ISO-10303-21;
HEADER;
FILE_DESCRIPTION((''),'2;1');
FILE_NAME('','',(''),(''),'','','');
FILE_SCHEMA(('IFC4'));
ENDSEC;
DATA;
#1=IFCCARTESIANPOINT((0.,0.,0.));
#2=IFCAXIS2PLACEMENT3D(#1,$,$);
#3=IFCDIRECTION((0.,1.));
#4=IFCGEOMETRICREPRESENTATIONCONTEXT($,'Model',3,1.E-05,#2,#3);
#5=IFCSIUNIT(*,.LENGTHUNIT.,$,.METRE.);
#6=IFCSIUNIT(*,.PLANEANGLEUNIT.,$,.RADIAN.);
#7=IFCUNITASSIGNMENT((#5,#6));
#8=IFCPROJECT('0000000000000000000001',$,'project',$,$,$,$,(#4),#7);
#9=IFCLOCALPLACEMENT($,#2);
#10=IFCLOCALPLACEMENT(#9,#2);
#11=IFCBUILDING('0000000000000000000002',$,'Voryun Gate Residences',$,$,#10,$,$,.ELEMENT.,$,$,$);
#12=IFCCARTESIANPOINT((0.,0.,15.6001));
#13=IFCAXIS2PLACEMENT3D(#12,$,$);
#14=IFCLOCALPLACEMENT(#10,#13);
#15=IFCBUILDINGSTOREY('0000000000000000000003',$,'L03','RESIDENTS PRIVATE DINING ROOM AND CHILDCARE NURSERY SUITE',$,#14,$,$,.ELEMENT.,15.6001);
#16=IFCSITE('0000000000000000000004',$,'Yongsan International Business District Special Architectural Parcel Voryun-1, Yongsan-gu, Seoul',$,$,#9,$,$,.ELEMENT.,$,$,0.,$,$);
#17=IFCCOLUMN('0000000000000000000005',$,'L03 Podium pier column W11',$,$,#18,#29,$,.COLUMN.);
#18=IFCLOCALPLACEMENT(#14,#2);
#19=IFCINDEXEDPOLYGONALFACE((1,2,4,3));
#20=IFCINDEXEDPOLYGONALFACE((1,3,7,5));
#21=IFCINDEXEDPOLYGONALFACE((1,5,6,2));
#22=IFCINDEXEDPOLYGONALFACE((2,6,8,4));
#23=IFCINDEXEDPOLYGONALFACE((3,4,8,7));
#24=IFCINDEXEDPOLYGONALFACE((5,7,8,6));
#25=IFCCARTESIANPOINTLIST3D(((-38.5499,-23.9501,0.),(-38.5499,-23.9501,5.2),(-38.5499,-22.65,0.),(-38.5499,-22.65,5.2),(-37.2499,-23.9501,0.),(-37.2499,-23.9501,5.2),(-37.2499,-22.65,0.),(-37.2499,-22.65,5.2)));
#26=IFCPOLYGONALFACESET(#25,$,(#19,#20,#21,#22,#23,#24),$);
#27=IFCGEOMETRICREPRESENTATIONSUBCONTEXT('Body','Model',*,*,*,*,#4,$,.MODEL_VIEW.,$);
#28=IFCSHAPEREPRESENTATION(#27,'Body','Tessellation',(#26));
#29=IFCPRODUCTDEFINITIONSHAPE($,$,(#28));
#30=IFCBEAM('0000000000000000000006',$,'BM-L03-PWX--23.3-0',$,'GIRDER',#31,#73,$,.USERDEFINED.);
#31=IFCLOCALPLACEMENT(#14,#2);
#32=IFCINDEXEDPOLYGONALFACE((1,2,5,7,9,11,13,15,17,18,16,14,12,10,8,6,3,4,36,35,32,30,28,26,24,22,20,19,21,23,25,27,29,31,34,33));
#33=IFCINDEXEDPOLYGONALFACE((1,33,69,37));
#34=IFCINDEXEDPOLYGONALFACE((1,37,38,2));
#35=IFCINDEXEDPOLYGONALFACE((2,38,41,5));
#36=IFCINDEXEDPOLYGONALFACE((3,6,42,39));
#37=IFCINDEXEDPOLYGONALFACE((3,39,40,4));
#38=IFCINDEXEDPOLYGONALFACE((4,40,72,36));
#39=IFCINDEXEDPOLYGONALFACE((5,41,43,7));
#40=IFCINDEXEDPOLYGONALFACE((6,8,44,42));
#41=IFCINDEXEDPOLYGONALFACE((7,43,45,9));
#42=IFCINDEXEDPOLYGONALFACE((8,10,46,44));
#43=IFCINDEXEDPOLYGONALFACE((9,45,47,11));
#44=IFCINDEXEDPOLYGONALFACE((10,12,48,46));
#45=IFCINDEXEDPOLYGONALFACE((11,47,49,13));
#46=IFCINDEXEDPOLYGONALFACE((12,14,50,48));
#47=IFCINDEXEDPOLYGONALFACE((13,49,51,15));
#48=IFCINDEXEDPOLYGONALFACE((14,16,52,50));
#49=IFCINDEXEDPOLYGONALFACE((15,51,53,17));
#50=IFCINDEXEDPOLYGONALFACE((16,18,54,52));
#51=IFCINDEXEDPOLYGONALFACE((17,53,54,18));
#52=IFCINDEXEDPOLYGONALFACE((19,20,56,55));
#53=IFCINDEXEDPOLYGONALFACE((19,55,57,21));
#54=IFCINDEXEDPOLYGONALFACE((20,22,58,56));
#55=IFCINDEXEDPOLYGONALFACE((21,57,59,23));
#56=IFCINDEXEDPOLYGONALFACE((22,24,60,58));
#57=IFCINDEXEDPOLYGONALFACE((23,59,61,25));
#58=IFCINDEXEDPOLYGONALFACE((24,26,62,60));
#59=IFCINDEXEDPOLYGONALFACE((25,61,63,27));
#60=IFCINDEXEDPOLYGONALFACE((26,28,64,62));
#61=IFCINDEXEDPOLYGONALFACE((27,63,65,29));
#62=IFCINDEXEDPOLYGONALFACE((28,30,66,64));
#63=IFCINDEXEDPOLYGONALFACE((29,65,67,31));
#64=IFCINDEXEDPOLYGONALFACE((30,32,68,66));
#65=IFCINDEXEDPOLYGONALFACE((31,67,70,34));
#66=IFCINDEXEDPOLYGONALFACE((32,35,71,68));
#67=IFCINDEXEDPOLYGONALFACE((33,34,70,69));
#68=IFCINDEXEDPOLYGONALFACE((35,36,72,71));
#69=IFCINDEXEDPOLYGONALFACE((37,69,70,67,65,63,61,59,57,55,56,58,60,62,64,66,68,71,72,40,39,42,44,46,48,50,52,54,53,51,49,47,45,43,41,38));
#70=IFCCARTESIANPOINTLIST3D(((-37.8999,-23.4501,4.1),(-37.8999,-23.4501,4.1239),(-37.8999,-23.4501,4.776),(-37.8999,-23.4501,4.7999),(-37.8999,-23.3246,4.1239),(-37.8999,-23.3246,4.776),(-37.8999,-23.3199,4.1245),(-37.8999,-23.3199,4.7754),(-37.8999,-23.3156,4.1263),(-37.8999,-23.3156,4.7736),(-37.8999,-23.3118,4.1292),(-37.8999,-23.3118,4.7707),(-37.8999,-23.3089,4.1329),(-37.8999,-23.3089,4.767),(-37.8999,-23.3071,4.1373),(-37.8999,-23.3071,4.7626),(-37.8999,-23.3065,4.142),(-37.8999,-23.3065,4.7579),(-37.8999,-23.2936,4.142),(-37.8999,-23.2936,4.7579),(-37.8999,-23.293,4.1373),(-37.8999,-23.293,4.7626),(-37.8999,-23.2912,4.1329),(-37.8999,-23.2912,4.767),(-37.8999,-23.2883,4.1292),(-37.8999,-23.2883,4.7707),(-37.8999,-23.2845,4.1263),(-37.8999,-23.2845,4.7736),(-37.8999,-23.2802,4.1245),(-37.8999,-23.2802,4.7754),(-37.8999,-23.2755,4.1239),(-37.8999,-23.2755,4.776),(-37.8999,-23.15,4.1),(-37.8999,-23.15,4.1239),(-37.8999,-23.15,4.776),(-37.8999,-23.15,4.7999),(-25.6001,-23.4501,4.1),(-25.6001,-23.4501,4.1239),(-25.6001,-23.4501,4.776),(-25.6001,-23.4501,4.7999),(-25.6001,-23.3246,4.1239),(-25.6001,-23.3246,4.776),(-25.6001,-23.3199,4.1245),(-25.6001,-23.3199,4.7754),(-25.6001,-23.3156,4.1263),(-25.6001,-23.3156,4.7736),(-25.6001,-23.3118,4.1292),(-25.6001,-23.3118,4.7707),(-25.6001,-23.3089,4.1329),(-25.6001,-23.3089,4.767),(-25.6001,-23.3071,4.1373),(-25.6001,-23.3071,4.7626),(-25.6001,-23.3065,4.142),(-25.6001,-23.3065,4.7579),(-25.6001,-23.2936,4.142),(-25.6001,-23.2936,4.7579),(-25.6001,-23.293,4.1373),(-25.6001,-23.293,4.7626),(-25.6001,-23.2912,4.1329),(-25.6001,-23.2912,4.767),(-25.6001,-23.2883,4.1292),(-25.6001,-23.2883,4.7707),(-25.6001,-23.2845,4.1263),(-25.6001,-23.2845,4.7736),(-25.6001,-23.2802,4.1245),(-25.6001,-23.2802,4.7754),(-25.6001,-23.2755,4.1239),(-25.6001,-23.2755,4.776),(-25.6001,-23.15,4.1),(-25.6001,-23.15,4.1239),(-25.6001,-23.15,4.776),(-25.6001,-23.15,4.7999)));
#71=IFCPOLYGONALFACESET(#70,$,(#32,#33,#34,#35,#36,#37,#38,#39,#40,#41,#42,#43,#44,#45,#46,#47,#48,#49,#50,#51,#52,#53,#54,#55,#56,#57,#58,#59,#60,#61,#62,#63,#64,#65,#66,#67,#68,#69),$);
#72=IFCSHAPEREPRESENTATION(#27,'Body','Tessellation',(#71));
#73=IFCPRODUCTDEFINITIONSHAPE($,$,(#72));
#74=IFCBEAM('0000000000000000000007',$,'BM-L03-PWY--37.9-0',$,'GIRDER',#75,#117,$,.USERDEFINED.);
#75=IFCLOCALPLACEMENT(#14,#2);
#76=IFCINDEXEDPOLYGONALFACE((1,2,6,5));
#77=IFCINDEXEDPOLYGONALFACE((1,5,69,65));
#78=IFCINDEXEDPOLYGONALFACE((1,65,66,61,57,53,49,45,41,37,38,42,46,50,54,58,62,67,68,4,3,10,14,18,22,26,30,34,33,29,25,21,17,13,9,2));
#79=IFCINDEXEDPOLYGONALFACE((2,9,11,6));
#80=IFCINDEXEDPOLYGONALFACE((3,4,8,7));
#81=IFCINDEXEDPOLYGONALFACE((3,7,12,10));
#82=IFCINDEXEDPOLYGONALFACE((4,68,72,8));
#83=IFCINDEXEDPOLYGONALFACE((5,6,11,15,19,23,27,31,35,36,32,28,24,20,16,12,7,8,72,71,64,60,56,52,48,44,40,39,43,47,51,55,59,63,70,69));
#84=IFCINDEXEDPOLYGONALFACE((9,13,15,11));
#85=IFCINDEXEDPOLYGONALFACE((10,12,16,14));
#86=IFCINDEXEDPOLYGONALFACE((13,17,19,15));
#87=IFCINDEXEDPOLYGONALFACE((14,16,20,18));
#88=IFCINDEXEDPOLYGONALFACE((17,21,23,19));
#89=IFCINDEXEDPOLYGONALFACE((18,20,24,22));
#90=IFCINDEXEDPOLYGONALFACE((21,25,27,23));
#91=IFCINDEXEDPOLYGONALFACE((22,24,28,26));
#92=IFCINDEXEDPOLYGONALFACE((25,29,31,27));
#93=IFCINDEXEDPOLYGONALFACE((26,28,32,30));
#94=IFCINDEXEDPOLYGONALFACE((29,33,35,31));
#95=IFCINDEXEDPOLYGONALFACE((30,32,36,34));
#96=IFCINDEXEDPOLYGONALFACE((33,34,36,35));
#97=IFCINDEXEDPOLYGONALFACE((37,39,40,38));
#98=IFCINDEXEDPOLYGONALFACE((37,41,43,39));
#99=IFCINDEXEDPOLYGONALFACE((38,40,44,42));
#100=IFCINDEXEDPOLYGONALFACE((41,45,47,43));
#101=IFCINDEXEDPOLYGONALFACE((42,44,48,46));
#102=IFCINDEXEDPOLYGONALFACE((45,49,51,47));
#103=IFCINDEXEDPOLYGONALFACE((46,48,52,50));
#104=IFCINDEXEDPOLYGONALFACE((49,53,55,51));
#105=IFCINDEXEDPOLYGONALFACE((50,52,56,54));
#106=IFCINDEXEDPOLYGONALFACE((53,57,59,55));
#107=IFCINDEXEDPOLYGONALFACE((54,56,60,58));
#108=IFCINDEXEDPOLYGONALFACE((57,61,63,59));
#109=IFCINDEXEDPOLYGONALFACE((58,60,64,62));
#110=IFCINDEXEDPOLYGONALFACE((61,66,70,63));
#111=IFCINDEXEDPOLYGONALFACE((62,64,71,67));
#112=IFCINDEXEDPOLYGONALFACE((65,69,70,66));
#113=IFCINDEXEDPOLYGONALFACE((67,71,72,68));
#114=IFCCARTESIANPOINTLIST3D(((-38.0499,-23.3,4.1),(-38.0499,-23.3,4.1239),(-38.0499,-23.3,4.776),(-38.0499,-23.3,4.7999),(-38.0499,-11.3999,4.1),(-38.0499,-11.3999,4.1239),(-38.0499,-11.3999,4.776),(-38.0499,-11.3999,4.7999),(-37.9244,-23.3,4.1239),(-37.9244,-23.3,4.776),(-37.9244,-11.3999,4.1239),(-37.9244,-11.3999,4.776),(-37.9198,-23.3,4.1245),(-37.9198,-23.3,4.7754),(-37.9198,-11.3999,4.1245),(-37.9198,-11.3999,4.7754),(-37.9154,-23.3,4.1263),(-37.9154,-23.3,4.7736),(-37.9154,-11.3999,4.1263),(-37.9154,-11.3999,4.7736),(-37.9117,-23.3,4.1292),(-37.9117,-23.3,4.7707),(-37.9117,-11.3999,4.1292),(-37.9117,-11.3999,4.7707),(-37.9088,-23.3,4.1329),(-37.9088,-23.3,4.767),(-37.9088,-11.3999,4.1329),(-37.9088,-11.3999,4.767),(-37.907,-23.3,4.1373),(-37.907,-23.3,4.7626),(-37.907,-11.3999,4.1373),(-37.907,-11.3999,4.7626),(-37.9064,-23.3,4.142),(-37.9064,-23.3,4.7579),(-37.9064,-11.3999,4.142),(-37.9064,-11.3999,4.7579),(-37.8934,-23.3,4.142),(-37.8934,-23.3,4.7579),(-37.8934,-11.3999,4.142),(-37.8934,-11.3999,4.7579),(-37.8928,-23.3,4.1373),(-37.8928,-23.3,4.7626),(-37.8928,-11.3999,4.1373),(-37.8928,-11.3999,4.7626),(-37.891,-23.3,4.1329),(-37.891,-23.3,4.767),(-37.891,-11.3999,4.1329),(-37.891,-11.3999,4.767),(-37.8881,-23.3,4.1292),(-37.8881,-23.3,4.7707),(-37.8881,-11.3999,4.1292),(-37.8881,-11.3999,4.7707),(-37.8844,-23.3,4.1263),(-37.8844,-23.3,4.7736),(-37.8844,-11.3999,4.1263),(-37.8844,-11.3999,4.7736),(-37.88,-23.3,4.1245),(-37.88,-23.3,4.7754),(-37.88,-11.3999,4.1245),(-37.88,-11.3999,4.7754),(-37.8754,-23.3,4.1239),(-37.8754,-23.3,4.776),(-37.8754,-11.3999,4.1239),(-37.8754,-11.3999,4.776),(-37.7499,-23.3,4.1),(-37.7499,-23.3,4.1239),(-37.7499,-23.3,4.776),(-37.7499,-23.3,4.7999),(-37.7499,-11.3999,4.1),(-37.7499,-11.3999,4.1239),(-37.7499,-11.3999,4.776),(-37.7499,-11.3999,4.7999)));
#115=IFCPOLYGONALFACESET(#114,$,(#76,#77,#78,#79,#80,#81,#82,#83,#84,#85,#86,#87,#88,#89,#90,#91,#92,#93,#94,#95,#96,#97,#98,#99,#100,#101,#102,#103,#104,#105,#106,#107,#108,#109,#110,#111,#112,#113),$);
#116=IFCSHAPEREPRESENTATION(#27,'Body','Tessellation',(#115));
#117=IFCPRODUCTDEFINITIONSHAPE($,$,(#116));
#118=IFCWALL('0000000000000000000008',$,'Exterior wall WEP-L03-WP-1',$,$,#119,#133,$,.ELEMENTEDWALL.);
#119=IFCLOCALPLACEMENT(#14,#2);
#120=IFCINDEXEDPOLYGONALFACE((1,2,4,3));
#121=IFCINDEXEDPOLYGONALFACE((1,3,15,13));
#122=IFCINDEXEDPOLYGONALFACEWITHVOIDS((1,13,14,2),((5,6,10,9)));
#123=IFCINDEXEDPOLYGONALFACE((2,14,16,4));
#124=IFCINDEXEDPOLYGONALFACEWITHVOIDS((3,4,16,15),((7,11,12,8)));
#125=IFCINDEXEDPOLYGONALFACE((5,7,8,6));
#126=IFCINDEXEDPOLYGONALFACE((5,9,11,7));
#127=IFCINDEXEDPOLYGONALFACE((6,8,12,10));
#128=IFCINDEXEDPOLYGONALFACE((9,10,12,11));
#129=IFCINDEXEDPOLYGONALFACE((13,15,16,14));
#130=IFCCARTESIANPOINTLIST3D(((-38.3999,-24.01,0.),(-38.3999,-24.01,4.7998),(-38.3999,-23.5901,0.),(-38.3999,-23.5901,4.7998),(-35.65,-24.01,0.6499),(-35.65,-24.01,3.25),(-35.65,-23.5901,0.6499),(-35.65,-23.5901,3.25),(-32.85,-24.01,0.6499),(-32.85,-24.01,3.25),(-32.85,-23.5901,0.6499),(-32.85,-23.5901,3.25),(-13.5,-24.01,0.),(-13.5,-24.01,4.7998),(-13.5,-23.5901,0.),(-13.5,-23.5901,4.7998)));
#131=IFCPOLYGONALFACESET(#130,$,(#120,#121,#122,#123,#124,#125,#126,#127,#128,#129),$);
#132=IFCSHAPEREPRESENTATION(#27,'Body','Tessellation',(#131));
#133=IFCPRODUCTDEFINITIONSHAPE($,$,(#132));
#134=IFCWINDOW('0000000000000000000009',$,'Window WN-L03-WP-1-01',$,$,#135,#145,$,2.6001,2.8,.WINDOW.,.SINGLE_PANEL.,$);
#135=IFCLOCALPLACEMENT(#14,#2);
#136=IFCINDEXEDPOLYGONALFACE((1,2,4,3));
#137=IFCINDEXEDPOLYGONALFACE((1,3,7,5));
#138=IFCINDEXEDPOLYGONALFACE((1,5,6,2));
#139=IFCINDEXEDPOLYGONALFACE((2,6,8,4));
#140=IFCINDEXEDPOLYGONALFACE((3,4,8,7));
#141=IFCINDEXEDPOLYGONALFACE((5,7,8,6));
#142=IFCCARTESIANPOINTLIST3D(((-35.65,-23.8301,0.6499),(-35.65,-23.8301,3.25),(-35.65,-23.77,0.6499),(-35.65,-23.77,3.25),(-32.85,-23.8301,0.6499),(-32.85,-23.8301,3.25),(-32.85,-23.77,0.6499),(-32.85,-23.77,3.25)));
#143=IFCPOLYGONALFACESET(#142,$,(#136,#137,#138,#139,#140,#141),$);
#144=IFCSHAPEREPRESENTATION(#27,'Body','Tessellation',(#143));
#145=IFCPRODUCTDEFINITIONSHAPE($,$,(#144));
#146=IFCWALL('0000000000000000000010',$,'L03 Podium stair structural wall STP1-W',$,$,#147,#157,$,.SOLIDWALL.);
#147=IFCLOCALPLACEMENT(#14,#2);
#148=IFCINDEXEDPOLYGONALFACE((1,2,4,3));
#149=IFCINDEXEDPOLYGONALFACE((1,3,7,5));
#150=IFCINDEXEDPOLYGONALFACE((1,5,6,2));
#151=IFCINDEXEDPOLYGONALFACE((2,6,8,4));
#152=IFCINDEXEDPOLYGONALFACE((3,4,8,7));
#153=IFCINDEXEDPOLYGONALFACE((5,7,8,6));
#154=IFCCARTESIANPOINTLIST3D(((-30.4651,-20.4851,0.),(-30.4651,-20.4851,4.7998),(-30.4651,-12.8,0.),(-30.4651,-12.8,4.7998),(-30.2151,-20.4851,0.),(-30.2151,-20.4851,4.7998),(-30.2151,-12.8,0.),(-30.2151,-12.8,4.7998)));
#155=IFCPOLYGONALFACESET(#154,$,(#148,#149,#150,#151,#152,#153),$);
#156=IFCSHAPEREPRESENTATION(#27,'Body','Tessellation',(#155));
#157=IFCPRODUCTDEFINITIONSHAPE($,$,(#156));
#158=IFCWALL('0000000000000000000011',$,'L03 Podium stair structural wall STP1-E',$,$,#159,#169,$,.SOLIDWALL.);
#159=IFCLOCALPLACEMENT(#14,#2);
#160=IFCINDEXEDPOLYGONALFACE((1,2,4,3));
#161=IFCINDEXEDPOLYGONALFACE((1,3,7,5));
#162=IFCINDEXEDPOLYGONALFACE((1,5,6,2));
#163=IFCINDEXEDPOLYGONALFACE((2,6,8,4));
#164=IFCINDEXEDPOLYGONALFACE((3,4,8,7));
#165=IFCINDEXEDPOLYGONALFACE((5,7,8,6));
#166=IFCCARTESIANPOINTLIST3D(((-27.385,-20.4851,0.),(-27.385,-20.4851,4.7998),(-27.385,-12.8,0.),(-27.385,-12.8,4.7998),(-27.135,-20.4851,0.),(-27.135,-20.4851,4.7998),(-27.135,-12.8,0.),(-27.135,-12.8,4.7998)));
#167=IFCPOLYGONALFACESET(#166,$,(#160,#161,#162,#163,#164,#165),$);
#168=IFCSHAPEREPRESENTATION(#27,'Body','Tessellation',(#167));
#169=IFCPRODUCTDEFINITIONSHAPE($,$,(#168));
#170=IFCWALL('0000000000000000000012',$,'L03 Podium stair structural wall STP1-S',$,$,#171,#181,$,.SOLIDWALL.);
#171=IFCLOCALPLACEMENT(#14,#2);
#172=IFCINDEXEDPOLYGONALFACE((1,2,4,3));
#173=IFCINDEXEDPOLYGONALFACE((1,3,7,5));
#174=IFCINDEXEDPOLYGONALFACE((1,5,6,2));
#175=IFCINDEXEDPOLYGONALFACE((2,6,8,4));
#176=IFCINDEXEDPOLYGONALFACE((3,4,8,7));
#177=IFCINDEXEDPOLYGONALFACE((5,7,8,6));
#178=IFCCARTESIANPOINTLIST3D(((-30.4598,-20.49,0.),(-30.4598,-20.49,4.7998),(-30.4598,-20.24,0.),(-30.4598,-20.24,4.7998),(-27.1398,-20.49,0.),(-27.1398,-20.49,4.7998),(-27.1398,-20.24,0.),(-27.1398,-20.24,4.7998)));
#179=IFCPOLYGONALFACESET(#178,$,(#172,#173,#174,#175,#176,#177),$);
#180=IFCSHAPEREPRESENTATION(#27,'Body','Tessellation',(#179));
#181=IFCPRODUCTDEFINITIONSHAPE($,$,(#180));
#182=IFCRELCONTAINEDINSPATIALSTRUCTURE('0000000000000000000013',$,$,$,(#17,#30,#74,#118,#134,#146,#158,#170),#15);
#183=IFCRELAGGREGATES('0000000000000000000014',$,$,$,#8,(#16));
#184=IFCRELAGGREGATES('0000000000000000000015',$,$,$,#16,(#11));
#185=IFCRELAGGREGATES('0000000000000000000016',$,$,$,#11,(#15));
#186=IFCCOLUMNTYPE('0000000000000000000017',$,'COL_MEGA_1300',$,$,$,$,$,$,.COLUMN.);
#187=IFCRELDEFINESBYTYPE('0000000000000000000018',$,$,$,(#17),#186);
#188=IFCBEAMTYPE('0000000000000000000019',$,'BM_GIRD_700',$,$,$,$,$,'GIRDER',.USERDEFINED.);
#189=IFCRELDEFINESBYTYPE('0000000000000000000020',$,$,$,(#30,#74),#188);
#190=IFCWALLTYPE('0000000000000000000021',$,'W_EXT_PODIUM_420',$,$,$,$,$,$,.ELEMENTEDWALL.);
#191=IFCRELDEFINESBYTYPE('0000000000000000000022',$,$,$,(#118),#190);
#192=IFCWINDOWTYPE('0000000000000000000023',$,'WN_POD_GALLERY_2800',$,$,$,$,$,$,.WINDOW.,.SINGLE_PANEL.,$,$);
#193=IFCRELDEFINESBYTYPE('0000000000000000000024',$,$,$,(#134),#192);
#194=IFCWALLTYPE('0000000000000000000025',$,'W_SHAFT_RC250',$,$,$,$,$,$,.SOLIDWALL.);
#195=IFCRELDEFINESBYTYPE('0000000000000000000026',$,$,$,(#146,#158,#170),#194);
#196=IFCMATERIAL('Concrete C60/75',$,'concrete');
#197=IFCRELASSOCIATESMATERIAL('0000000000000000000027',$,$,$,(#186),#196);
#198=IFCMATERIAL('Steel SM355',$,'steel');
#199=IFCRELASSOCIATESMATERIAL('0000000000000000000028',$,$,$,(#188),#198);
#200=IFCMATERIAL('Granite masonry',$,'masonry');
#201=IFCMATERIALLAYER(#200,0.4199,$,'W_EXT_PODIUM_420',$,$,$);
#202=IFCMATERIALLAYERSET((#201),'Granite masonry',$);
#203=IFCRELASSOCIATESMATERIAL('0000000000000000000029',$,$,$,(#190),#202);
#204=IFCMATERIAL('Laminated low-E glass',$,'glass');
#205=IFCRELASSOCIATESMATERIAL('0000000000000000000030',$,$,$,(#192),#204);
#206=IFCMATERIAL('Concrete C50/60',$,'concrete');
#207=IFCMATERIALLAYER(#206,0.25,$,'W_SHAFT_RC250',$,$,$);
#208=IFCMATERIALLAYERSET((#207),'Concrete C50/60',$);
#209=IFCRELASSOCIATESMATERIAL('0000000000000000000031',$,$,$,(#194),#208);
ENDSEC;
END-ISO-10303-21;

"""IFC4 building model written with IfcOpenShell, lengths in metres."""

from ifc_helpers import new_model, si_unit, direction, frame, frame_2d, origin, origin_2d, place, context, subcontext, project, spatial, rectangle, i_section, extrude, material, layer, layer_set, material_profile, profile_set, type_object, element, fill, save


model = new_model("IFC4")

# Units and contexts
model_context = context("Model", 3, precision=1e-05, world=origin(), true_north=direction((0.0, 1.0)))
body_context = subcontext(model_context, "Body", "Model", "MODEL_VIEW")
ifc_project = project(units=[si_unit("LENGTHUNIT", "METRE"), si_unit("PLANEANGLEUNIT", "RADIAN")], contexts=[model_context])

# Site, building, storey
site_placement = place(None, origin())
site = spatial("IfcSite", under=ifc_project, at=site_placement, Name="Yongsan International Business District Special Architectural Parcel Voryun-1, Yongsan-gu, Seoul", CompositionType="ELEMENT", RefElevation=0.0)
building_placement = place(site_placement, origin())
building = spatial("IfcBuilding", under=site, at=building_placement, Name="Voryun Gate Residences", CompositionType="ELEMENT")
storey_placement = place(building_placement, frame((0.0, 0.0, 15.6001)))
storey = spatial("IfcBuildingStorey", under=building, at=storey_placement, Name="L03", Description="RESIDENTS PRIVATE DINING ROOM AND CHILDCARE NURSERY SUITE", CompositionType="ELEMENT", Elevation=15.6001)

# Column
ifc_material_1 = material(Name="Concrete C60/75", Category="concrete")
ifc_material_profile_1 = material_profile(ifc_material_1, rectangle(XDim=1.3, YDim=1.3, at=origin_2d()), Name="RC-1300x1300")
ifc_profile_set_1 = profile_set([ifc_material_profile_1], Name="Concrete C60/75")
column_type = type_object("IfcColumnType", Name="COL_MEGA_1300", PredefinedType="COLUMN", material=ifc_profile_set_1)
column_placement = place(storey_placement, frame((-37.8999, -23.3, 0.0), z_axis=(0.0, 0.0, 1.0), x_axis=(1.0, 0.0, 0.0)))
element("IfcColumn", 1, at=column_placement, inside=storey, type_object=column_type, Name="L03 Podium pier column W11", PredefinedType="COLUMN", context=body_context, shape_type="SweptSolid", body=[
    extrude(rectangle(XDim=1.3, YDim=1.3, at=origin_2d()), origin(), (0.0, 0.0, 1.0), 5.2),
])

# Beams
ifc_material_2 = material(Name="Steel SM355", Category="steel")
ifc_material_profile_2 = material_profile(ifc_material_2, i_section(OverallWidth=0.3, OverallDepth=0.7, WebThickness=0.0129, FlangeThickness=0.0239, FilletRadius=0.0181, at=origin_2d()), Name="H-700x300x13x24")
ifc_profile_set_2 = profile_set([ifc_material_profile_2], Name="Steel SM355")
beam_type = type_object("IfcBeamType", Name="BM_GIRD_700", ElementType="GIRDER", PredefinedType="USERDEFINED", material=ifc_profile_set_2)
beam_1_placement = place(storey_placement, frame((-37.8999, -23.3, 4.45), z_axis=(1.0, 0.0, 0.0), x_axis=(0.0, 1.0, 0.0)))
element("IfcBeam", 2, at=beam_1_placement, inside=storey, type_object=beam_type, Name="BM-L03-PWX--23.3-0", ObjectType="GIRDER", PredefinedType="USERDEFINED", context=body_context, shape_type="SweptSolid", body=[
    extrude(i_section(OverallWidth=0.3, OverallDepth=0.7, WebThickness=0.0129, FlangeThickness=0.0239, FilletRadius=0.0181, at=origin_2d()), origin(), (0.0, 0.0, 1.0), 12.2998),
])
beam_2_placement = place(storey_placement, frame((-37.8999, -23.3, 4.45), z_axis=(0.0, 1.0, 0.0), x_axis=(-1.0, 0.0, 0.0)))
element("IfcBeam", 3, at=beam_2_placement, inside=storey, type_object=beam_type, Name="BM-L03-PWY--37.9-0", ObjectType="GIRDER", PredefinedType="USERDEFINED", context=body_context, shape_type="SweptSolid", body=[
    extrude(i_section(OverallWidth=0.3, OverallDepth=0.7, WebThickness=0.0129, FlangeThickness=0.0239, FilletRadius=0.0181, at=origin_2d()), origin(), (0.0, 0.0, 1.0), 11.9001),
])

# Wall, opening, window
ifc_material_3 = material(Name="Granite masonry", Category="masonry")
ifc_layer_1 = layer(ifc_material_3, 0.4199, Name="W_EXT_PODIUM_420")
ifc_layer_set_1 = layer_set([ifc_layer_1], Name="Granite masonry")
wall_type_1 = type_object("IfcWallType", Name="W_EXT_PODIUM_420", PredefinedType="ELEMENTEDWALL", material=ifc_layer_set_1)
wall_1_placement = place(storey_placement, frame((-38.3999, -23.8, 0.0), z_axis=(0.0, 0.0, 1.0), x_axis=(1.0, 0.0, 0.0)))
wall_1 = element("IfcWall", 4, at=wall_1_placement, inside=storey, type_object=wall_type_1, Name="Exterior wall WEP-L03-WP-1", PredefinedType="ELEMENTEDWALL", context=body_context, shape_type="SweptSolid", body=[
    extrude(rectangle(XDim=24.8999, YDim=0.4199, at=frame_2d((12.45, 0.0))), origin(), (0.0, 0.0, 1.0), 4.7998),
])
opening_placement = place(wall_1_placement, frame((2.75, 0.0, 0.6499)))
opening = element("IfcOpeningElement", 5, at=opening_placement, cuts=wall_1, PredefinedType="OPENING", context=body_context, shape_type="SweptSolid", body=[
    extrude(rectangle(XDim=2.8, YDim=2.6001, at=frame_2d((1.3999, 1.3))), frame((0.0, 0.22, 0.0), z_axis=(0.0, -1.0, 0.0), x_axis=(1.0, 0.0, 0.0)), (0.0, 0.0, 1.0), 0.4399),
])
ifc_material_4 = material(Name="Laminated low-E glass", Category="glass")
window_type = type_object("IfcWindowType", Name="WN_POD_GALLERY_2800", PartitioningType="SINGLE_PANEL", PredefinedType="WINDOW", material=ifc_material_4)
window_placement = place(opening_placement, origin())
window = element("IfcWindow", 6, at=window_placement, inside=storey, type_object=window_type, Name="Window WN-L03-WP-1-01", OverallHeight=2.6001, OverallWidth=2.8, PartitioningType="SINGLE_PANEL", PredefinedType="WINDOW", context=body_context, shape_type="SweptSolid", body=[
    extrude(rectangle(XDim=2.8, YDim=2.6001, at=frame_2d((1.3999, 1.3))), frame((0.0, 0.03, 0.0), z_axis=(0.0, -1.0, 0.0), x_axis=(1.0, 0.0, 0.0)), (0.0, 0.0, 1.0), 0.0601),
])
fill(opening, window)

# Walls
ifc_material_5 = material(Name="Concrete C50/60", Category="concrete")
ifc_layer_2 = layer(ifc_material_5, 0.25, Name="W_SHAFT_RC250")
ifc_layer_set_2 = layer_set([ifc_layer_2], Name="Concrete C50/60")
wall_type_2 = type_object("IfcWallType", Name="W_SHAFT_RC250", PredefinedType="SOLIDWALL", material=ifc_layer_set_2)
for number, where, z_axis, x_axis, name in (
    (7, (-30.3401, -20.4851, 0.0), (0.0, 0.0, 1.0), (0.0, 1.0, 0.0), "L03 Podium stair structural wall STP1-W"),
    (8, (-27.26, -20.4851, 0.0), (0.0, 0.0, 1.0), (0.0, 1.0, 0.0), "L03 Podium stair structural wall STP1-E"),
):
    element("IfcWall", number, at=place(storey_placement, frame(where, z_axis=z_axis, x_axis=x_axis)), inside=storey, type_object=wall_type_2, Name=name, PredefinedType="SOLIDWALL", context=body_context, shape_type="SweptSolid", body=[
        extrude(rectangle(XDim=7.6851, YDim=0.25, at=frame_2d((3.8425, 0.0))), origin(), (0.0, 0.0, 1.0), 4.7998),
    ])
wall_2_placement = place(storey_placement, frame((-30.46, -20.365, 0.0), z_axis=(0.0, 0.0, 1.0), x_axis=(1.0, 0.0, 0.0)))
element("IfcWall", 9, at=wall_2_placement, inside=storey, type_object=wall_type_2, Name="L03 Podium stair structural wall STP1-S", PredefinedType="SOLIDWALL", context=body_context, shape_type="SweptSolid", body=[
    extrude(rectangle(XDim=3.3201, YDim=0.25, at=frame_2d((1.6602, 0.0))), origin(), (0.0, 0.0, 1.0), 4.7998),
])

save(model, "model.ifc")
